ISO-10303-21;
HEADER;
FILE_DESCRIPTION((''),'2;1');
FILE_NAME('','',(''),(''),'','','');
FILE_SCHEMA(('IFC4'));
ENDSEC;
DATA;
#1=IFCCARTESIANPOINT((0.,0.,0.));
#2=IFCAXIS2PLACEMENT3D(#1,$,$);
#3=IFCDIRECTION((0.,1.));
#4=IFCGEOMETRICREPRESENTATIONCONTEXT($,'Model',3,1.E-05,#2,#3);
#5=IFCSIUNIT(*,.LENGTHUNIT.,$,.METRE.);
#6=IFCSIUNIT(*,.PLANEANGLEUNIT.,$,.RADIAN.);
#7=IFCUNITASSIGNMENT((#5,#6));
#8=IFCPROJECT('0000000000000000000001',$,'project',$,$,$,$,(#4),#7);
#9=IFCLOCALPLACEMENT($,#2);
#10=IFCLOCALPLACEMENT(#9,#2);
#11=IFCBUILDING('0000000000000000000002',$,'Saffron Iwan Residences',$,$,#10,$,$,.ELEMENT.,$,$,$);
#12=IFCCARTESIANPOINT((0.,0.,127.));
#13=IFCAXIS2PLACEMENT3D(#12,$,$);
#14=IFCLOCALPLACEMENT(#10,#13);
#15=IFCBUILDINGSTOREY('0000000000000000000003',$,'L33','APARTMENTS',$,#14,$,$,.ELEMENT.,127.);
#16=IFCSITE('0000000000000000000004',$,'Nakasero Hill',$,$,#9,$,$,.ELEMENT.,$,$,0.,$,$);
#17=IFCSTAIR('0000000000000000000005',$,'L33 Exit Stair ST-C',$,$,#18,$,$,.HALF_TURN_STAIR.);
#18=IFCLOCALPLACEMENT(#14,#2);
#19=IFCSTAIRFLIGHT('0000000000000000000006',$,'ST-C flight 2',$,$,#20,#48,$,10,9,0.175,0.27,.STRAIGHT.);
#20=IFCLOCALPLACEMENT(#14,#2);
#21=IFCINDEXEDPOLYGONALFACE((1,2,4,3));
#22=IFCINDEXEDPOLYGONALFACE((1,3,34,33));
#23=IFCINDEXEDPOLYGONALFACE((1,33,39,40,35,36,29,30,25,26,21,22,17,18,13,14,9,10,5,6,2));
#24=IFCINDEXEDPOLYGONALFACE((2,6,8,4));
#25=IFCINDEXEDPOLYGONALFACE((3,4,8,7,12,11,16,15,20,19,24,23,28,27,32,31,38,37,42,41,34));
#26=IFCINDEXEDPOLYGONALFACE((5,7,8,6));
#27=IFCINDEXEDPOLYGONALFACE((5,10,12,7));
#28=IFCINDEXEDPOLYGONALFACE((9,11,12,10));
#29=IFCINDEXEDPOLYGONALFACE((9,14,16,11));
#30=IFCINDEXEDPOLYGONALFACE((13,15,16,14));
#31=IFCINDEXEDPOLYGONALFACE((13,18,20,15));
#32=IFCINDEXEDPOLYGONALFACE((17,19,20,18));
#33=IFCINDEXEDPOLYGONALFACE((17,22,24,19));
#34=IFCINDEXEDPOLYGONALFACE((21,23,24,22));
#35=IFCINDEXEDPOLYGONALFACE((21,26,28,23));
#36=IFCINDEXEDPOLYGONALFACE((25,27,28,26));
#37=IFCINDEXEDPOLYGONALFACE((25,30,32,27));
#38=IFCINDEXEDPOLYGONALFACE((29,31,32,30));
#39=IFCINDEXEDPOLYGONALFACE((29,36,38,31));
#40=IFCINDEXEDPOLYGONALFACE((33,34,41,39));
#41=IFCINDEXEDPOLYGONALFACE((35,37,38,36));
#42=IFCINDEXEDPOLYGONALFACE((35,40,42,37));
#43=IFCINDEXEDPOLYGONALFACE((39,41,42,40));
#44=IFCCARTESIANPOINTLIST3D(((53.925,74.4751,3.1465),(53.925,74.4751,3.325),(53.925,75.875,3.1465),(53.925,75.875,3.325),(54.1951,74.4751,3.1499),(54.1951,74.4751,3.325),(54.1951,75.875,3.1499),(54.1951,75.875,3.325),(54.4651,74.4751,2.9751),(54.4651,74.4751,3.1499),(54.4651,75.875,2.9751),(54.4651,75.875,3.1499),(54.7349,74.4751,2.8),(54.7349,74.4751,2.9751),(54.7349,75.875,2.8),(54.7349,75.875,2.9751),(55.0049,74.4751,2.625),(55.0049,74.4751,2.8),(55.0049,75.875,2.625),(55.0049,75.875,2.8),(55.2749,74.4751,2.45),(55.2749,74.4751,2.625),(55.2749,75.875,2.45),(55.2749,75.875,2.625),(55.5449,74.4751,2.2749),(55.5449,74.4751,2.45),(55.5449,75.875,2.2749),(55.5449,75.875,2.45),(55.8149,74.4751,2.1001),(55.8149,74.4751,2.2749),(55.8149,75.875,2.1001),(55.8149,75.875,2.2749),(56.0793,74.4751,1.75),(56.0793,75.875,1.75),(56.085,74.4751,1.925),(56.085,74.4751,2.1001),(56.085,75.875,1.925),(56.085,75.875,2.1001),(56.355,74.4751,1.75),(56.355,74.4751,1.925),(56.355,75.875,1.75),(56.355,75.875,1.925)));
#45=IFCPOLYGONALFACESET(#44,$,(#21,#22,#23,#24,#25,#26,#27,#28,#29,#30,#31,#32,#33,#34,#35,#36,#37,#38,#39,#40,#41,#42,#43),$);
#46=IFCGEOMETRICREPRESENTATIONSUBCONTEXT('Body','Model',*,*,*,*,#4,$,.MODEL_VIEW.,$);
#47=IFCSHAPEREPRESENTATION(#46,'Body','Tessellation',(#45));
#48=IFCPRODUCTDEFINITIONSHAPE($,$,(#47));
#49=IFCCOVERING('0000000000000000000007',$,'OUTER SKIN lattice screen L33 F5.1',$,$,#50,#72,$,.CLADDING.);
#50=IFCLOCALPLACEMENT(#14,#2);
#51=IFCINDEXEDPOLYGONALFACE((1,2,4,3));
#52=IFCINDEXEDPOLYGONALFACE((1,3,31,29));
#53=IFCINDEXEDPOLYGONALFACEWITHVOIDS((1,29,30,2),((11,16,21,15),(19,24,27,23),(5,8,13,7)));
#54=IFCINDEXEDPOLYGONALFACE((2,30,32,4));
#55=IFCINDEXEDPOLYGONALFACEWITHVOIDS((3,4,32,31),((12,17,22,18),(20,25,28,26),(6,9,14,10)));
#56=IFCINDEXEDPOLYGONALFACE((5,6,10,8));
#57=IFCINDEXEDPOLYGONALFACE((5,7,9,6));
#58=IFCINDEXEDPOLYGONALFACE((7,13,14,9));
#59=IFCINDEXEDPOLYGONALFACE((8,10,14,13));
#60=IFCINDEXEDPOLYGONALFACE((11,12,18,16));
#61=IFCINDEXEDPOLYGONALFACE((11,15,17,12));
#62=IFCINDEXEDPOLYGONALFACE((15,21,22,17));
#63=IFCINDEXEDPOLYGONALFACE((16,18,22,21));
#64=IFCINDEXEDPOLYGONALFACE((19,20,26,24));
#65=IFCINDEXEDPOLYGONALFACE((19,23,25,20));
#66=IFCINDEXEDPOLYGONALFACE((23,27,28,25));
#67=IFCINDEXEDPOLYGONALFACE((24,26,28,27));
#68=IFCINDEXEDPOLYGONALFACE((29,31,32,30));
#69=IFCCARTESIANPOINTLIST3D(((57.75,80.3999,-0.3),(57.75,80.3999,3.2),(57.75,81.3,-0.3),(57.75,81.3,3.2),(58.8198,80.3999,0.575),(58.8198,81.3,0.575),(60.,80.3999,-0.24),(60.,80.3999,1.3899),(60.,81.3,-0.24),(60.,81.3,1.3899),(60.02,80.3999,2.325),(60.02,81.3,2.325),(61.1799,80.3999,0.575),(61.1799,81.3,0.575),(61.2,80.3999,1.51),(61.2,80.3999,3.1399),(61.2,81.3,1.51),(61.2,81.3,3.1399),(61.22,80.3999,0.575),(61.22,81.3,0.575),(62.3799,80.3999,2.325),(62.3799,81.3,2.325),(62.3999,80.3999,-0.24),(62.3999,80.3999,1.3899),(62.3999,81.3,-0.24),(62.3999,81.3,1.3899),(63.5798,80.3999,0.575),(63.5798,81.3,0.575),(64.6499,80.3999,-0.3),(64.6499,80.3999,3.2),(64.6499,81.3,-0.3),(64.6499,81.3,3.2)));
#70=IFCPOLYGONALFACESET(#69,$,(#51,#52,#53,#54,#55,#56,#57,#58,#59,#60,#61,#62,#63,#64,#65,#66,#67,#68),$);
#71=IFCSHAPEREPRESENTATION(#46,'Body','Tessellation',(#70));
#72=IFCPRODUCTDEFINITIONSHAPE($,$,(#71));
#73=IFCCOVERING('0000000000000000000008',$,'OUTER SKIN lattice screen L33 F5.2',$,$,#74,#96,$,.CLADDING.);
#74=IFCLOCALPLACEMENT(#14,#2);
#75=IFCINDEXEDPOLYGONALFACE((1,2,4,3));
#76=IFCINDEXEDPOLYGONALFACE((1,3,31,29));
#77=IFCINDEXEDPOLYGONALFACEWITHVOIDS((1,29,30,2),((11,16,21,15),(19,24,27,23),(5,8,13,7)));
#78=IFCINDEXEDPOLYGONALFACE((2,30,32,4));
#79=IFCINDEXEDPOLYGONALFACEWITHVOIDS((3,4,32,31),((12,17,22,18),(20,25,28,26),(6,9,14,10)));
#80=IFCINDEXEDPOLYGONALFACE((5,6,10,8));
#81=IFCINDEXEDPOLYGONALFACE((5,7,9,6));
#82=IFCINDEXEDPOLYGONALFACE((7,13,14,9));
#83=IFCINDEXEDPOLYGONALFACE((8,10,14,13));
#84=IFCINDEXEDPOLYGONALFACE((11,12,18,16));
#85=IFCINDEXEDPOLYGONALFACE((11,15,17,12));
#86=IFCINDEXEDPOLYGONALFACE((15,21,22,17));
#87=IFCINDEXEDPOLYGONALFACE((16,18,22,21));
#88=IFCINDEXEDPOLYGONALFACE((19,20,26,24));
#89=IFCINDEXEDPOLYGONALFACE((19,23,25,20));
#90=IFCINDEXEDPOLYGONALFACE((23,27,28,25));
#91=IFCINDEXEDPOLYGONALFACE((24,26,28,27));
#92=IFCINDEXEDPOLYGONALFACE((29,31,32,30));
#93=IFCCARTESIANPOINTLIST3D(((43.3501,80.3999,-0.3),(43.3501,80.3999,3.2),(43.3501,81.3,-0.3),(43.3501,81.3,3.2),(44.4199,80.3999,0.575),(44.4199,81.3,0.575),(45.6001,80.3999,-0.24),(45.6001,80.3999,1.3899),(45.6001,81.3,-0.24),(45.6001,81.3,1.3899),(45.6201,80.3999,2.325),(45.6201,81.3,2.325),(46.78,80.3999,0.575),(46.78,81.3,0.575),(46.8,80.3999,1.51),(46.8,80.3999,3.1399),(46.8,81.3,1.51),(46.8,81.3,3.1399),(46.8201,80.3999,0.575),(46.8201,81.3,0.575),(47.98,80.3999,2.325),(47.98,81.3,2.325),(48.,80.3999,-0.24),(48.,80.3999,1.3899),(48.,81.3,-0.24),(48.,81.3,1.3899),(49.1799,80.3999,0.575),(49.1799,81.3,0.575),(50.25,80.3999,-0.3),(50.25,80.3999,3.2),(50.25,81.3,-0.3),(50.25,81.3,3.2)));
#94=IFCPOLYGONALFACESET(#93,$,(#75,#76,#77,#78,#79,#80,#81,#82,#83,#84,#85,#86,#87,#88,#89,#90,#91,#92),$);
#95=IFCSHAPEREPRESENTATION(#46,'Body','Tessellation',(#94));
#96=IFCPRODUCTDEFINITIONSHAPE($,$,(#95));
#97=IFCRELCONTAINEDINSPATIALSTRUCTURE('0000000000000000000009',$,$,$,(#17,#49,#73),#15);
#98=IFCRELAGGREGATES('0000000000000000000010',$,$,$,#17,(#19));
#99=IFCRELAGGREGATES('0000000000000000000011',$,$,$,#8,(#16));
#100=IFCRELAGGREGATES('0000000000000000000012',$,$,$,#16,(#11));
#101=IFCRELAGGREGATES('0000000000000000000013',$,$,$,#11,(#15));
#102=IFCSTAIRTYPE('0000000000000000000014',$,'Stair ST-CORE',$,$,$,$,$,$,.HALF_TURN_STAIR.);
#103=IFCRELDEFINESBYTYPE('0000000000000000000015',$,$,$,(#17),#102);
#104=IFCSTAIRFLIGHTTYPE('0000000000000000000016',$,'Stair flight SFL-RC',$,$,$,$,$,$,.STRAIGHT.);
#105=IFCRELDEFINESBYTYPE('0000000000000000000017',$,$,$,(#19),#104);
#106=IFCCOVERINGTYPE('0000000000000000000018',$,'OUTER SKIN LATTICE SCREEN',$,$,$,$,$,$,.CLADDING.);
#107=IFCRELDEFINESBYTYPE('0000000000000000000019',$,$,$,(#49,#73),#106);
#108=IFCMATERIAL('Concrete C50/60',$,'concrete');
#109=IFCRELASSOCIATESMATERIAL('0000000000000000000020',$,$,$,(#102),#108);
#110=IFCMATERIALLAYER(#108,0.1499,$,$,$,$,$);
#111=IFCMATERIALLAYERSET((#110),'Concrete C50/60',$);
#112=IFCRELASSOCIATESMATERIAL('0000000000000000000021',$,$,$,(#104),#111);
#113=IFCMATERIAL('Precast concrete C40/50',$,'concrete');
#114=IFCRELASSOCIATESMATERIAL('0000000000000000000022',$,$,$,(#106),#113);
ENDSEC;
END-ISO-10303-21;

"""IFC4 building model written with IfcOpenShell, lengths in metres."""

from ifc_helpers import new_model, si_unit, direction, frame, origin, place, context, subcontext, project, spatial, polyline, outline, extrude, material, layer, layer_set, type_object, element, aggregate, save


model = new_model("IFC4")

# Units and contexts
model_context = context("Model", 3, precision=1e-05, world=origin(), true_north=direction((0.0, 1.0)))
body_context = subcontext(model_context, "Body", "Model", "MODEL_VIEW")
ifc_project = project(units=[si_unit("LENGTHUNIT", "METRE"), si_unit("PLANEANGLEUNIT", "RADIAN")], contexts=[model_context])

# Site, building, storey
site_placement = place(None, origin())
site = spatial("IfcSite", under=ifc_project, at=site_placement, Name="Nakasero Hill", CompositionType="ELEMENT", RefElevation=0.0)
building_placement = place(site_placement, origin())
building = spatial("IfcBuilding", under=site, at=building_placement, Name="Saffron Iwan Residences", CompositionType="ELEMENT")
storey_placement = place(building_placement, frame((0.0, 0.0, 127.0)))
storey = spatial("IfcBuildingStorey", under=building, at=storey_placement, Name="L33", Description="APARTMENTS", CompositionType="ELEMENT", Elevation=127.0)

# Shared definitions
ifc_material_1 = material(Name="Concrete C50/60", Category="concrete")

# Stair, stair flight
stair_type = type_object("IfcStairType", Name="Stair ST-CORE", PredefinedType="HALF_TURN_STAIR", material=ifc_material_1)
stair_placement = place(storey_placement, origin())
stair = element("IfcStair", 1, at=stair_placement, inside=storey, type_object=stair_type, Name="L33 Exit Stair ST-C", PredefinedType="HALF_TURN_STAIR")
ifc_layer_1 = layer(ifc_material_1, 0.1499)
ifc_layer_set_1 = layer_set([ifc_layer_1], Name="Concrete C50/60")
stair_flight_type = type_object("IfcStairFlightType", Name="Stair flight SFL-RC", PredefinedType="STRAIGHT", material=ifc_layer_set_1)
stair_flight_placement = place(storey_placement, frame((56.355, 75.175, 1.75), z_axis=(0.0, 0.0, 1.0), x_axis=(-1.0, 0.0, 0.0)))
stair_flight = element("IfcStairFlight", 2, at=stair_flight_placement, type_object=stair_flight_type, Name="ST-C flight 2", NumberOfRisers=10, NumberOfTreads=9, PredefinedType="STRAIGHT", RiserHeight=0.175, TreadLength=0.27, context=body_context, shape_type="SweptSolid", body=[
    extrude(outline(polyline([(0.0, 0.0), (0.0, 0.175), (0.27, 0.175), (0.27, 0.3501), (0.54, 0.3501), (0.54, 0.5249), (0.8101, 0.5249), (0.8101, 0.7), (1.0801, 0.7), (1.0801, 0.875), (1.3501, 0.875), (1.3501, 1.05), (1.6201, 1.05), (1.6201, 1.2251), (1.8899, 1.2251), (1.8899, 1.3999), (2.1599, 1.3999), (2.1599, 1.575), (2.4299, 1.575), (2.4299, 1.75), (2.4299, 1.3965), (0.2756, 0.0), (0.0, 0.0)])), frame((0.0, 0.7, 0.0), z_axis=(0.0, -1.0, 0.0), x_axis=(1.0, 0.0, 0.0)), (0.0, 0.0, 1.0), 1.3999),
])
aggregate(stair, [stair_flight])

# Coverings
ifc_material_2 = material(Name="Precast concrete C40/50", Category="concrete")
covering_type_1 = type_object("IfcCoveringType", Name="OUTER SKIN LATTICE SCREEN", PredefinedType="CLADDING", material=ifc_material_2)
for number, where, z_axis, x_axis, name in (
    (3, (64.6499, 80.3999, -0.3), (0.0, 1.0, 0.0), (-1.0, 0.0, 0.0), "OUTER SKIN lattice screen L33 F5.1"),
    (4, (50.25, 80.3999, -0.3), (0.0, 1.0, 0.0), (-1.0, 0.0, 0.0), "OUTER SKIN lattice screen L33 F5.2"),
):
    element("IfcCovering", number, at=place(storey_placement, frame(where, z_axis=z_axis, x_axis=x_axis)), inside=storey, type_object=covering_type_1, Name=name, PredefinedType="CLADDING", context=body_context, shape_type="SweptSolid", body=[
        extrude(outline(polyline([(0.0, 0.0), (6.8999, 0.0), (6.8999, 3.5), (0.0, 3.5), (0.0, 0.0)]), holes=[polyline([(1.0701, 0.875), (2.25, 0.0601), (3.4299, 0.875), (2.25, 1.6899), (1.0701, 0.875)]), polyline([(3.47, 0.875), (4.6499, 0.0601), (5.8301, 0.875), (4.6499, 1.6899), (3.47, 0.875)]), polyline([(2.27, 2.625), (3.45, 1.8101), (4.6299, 2.625), (3.45, 3.4399), (2.27, 2.625)])]), origin(), (0.0, 0.0, 1.0), 0.9001),
    ])

save(model, "model.ifc")
